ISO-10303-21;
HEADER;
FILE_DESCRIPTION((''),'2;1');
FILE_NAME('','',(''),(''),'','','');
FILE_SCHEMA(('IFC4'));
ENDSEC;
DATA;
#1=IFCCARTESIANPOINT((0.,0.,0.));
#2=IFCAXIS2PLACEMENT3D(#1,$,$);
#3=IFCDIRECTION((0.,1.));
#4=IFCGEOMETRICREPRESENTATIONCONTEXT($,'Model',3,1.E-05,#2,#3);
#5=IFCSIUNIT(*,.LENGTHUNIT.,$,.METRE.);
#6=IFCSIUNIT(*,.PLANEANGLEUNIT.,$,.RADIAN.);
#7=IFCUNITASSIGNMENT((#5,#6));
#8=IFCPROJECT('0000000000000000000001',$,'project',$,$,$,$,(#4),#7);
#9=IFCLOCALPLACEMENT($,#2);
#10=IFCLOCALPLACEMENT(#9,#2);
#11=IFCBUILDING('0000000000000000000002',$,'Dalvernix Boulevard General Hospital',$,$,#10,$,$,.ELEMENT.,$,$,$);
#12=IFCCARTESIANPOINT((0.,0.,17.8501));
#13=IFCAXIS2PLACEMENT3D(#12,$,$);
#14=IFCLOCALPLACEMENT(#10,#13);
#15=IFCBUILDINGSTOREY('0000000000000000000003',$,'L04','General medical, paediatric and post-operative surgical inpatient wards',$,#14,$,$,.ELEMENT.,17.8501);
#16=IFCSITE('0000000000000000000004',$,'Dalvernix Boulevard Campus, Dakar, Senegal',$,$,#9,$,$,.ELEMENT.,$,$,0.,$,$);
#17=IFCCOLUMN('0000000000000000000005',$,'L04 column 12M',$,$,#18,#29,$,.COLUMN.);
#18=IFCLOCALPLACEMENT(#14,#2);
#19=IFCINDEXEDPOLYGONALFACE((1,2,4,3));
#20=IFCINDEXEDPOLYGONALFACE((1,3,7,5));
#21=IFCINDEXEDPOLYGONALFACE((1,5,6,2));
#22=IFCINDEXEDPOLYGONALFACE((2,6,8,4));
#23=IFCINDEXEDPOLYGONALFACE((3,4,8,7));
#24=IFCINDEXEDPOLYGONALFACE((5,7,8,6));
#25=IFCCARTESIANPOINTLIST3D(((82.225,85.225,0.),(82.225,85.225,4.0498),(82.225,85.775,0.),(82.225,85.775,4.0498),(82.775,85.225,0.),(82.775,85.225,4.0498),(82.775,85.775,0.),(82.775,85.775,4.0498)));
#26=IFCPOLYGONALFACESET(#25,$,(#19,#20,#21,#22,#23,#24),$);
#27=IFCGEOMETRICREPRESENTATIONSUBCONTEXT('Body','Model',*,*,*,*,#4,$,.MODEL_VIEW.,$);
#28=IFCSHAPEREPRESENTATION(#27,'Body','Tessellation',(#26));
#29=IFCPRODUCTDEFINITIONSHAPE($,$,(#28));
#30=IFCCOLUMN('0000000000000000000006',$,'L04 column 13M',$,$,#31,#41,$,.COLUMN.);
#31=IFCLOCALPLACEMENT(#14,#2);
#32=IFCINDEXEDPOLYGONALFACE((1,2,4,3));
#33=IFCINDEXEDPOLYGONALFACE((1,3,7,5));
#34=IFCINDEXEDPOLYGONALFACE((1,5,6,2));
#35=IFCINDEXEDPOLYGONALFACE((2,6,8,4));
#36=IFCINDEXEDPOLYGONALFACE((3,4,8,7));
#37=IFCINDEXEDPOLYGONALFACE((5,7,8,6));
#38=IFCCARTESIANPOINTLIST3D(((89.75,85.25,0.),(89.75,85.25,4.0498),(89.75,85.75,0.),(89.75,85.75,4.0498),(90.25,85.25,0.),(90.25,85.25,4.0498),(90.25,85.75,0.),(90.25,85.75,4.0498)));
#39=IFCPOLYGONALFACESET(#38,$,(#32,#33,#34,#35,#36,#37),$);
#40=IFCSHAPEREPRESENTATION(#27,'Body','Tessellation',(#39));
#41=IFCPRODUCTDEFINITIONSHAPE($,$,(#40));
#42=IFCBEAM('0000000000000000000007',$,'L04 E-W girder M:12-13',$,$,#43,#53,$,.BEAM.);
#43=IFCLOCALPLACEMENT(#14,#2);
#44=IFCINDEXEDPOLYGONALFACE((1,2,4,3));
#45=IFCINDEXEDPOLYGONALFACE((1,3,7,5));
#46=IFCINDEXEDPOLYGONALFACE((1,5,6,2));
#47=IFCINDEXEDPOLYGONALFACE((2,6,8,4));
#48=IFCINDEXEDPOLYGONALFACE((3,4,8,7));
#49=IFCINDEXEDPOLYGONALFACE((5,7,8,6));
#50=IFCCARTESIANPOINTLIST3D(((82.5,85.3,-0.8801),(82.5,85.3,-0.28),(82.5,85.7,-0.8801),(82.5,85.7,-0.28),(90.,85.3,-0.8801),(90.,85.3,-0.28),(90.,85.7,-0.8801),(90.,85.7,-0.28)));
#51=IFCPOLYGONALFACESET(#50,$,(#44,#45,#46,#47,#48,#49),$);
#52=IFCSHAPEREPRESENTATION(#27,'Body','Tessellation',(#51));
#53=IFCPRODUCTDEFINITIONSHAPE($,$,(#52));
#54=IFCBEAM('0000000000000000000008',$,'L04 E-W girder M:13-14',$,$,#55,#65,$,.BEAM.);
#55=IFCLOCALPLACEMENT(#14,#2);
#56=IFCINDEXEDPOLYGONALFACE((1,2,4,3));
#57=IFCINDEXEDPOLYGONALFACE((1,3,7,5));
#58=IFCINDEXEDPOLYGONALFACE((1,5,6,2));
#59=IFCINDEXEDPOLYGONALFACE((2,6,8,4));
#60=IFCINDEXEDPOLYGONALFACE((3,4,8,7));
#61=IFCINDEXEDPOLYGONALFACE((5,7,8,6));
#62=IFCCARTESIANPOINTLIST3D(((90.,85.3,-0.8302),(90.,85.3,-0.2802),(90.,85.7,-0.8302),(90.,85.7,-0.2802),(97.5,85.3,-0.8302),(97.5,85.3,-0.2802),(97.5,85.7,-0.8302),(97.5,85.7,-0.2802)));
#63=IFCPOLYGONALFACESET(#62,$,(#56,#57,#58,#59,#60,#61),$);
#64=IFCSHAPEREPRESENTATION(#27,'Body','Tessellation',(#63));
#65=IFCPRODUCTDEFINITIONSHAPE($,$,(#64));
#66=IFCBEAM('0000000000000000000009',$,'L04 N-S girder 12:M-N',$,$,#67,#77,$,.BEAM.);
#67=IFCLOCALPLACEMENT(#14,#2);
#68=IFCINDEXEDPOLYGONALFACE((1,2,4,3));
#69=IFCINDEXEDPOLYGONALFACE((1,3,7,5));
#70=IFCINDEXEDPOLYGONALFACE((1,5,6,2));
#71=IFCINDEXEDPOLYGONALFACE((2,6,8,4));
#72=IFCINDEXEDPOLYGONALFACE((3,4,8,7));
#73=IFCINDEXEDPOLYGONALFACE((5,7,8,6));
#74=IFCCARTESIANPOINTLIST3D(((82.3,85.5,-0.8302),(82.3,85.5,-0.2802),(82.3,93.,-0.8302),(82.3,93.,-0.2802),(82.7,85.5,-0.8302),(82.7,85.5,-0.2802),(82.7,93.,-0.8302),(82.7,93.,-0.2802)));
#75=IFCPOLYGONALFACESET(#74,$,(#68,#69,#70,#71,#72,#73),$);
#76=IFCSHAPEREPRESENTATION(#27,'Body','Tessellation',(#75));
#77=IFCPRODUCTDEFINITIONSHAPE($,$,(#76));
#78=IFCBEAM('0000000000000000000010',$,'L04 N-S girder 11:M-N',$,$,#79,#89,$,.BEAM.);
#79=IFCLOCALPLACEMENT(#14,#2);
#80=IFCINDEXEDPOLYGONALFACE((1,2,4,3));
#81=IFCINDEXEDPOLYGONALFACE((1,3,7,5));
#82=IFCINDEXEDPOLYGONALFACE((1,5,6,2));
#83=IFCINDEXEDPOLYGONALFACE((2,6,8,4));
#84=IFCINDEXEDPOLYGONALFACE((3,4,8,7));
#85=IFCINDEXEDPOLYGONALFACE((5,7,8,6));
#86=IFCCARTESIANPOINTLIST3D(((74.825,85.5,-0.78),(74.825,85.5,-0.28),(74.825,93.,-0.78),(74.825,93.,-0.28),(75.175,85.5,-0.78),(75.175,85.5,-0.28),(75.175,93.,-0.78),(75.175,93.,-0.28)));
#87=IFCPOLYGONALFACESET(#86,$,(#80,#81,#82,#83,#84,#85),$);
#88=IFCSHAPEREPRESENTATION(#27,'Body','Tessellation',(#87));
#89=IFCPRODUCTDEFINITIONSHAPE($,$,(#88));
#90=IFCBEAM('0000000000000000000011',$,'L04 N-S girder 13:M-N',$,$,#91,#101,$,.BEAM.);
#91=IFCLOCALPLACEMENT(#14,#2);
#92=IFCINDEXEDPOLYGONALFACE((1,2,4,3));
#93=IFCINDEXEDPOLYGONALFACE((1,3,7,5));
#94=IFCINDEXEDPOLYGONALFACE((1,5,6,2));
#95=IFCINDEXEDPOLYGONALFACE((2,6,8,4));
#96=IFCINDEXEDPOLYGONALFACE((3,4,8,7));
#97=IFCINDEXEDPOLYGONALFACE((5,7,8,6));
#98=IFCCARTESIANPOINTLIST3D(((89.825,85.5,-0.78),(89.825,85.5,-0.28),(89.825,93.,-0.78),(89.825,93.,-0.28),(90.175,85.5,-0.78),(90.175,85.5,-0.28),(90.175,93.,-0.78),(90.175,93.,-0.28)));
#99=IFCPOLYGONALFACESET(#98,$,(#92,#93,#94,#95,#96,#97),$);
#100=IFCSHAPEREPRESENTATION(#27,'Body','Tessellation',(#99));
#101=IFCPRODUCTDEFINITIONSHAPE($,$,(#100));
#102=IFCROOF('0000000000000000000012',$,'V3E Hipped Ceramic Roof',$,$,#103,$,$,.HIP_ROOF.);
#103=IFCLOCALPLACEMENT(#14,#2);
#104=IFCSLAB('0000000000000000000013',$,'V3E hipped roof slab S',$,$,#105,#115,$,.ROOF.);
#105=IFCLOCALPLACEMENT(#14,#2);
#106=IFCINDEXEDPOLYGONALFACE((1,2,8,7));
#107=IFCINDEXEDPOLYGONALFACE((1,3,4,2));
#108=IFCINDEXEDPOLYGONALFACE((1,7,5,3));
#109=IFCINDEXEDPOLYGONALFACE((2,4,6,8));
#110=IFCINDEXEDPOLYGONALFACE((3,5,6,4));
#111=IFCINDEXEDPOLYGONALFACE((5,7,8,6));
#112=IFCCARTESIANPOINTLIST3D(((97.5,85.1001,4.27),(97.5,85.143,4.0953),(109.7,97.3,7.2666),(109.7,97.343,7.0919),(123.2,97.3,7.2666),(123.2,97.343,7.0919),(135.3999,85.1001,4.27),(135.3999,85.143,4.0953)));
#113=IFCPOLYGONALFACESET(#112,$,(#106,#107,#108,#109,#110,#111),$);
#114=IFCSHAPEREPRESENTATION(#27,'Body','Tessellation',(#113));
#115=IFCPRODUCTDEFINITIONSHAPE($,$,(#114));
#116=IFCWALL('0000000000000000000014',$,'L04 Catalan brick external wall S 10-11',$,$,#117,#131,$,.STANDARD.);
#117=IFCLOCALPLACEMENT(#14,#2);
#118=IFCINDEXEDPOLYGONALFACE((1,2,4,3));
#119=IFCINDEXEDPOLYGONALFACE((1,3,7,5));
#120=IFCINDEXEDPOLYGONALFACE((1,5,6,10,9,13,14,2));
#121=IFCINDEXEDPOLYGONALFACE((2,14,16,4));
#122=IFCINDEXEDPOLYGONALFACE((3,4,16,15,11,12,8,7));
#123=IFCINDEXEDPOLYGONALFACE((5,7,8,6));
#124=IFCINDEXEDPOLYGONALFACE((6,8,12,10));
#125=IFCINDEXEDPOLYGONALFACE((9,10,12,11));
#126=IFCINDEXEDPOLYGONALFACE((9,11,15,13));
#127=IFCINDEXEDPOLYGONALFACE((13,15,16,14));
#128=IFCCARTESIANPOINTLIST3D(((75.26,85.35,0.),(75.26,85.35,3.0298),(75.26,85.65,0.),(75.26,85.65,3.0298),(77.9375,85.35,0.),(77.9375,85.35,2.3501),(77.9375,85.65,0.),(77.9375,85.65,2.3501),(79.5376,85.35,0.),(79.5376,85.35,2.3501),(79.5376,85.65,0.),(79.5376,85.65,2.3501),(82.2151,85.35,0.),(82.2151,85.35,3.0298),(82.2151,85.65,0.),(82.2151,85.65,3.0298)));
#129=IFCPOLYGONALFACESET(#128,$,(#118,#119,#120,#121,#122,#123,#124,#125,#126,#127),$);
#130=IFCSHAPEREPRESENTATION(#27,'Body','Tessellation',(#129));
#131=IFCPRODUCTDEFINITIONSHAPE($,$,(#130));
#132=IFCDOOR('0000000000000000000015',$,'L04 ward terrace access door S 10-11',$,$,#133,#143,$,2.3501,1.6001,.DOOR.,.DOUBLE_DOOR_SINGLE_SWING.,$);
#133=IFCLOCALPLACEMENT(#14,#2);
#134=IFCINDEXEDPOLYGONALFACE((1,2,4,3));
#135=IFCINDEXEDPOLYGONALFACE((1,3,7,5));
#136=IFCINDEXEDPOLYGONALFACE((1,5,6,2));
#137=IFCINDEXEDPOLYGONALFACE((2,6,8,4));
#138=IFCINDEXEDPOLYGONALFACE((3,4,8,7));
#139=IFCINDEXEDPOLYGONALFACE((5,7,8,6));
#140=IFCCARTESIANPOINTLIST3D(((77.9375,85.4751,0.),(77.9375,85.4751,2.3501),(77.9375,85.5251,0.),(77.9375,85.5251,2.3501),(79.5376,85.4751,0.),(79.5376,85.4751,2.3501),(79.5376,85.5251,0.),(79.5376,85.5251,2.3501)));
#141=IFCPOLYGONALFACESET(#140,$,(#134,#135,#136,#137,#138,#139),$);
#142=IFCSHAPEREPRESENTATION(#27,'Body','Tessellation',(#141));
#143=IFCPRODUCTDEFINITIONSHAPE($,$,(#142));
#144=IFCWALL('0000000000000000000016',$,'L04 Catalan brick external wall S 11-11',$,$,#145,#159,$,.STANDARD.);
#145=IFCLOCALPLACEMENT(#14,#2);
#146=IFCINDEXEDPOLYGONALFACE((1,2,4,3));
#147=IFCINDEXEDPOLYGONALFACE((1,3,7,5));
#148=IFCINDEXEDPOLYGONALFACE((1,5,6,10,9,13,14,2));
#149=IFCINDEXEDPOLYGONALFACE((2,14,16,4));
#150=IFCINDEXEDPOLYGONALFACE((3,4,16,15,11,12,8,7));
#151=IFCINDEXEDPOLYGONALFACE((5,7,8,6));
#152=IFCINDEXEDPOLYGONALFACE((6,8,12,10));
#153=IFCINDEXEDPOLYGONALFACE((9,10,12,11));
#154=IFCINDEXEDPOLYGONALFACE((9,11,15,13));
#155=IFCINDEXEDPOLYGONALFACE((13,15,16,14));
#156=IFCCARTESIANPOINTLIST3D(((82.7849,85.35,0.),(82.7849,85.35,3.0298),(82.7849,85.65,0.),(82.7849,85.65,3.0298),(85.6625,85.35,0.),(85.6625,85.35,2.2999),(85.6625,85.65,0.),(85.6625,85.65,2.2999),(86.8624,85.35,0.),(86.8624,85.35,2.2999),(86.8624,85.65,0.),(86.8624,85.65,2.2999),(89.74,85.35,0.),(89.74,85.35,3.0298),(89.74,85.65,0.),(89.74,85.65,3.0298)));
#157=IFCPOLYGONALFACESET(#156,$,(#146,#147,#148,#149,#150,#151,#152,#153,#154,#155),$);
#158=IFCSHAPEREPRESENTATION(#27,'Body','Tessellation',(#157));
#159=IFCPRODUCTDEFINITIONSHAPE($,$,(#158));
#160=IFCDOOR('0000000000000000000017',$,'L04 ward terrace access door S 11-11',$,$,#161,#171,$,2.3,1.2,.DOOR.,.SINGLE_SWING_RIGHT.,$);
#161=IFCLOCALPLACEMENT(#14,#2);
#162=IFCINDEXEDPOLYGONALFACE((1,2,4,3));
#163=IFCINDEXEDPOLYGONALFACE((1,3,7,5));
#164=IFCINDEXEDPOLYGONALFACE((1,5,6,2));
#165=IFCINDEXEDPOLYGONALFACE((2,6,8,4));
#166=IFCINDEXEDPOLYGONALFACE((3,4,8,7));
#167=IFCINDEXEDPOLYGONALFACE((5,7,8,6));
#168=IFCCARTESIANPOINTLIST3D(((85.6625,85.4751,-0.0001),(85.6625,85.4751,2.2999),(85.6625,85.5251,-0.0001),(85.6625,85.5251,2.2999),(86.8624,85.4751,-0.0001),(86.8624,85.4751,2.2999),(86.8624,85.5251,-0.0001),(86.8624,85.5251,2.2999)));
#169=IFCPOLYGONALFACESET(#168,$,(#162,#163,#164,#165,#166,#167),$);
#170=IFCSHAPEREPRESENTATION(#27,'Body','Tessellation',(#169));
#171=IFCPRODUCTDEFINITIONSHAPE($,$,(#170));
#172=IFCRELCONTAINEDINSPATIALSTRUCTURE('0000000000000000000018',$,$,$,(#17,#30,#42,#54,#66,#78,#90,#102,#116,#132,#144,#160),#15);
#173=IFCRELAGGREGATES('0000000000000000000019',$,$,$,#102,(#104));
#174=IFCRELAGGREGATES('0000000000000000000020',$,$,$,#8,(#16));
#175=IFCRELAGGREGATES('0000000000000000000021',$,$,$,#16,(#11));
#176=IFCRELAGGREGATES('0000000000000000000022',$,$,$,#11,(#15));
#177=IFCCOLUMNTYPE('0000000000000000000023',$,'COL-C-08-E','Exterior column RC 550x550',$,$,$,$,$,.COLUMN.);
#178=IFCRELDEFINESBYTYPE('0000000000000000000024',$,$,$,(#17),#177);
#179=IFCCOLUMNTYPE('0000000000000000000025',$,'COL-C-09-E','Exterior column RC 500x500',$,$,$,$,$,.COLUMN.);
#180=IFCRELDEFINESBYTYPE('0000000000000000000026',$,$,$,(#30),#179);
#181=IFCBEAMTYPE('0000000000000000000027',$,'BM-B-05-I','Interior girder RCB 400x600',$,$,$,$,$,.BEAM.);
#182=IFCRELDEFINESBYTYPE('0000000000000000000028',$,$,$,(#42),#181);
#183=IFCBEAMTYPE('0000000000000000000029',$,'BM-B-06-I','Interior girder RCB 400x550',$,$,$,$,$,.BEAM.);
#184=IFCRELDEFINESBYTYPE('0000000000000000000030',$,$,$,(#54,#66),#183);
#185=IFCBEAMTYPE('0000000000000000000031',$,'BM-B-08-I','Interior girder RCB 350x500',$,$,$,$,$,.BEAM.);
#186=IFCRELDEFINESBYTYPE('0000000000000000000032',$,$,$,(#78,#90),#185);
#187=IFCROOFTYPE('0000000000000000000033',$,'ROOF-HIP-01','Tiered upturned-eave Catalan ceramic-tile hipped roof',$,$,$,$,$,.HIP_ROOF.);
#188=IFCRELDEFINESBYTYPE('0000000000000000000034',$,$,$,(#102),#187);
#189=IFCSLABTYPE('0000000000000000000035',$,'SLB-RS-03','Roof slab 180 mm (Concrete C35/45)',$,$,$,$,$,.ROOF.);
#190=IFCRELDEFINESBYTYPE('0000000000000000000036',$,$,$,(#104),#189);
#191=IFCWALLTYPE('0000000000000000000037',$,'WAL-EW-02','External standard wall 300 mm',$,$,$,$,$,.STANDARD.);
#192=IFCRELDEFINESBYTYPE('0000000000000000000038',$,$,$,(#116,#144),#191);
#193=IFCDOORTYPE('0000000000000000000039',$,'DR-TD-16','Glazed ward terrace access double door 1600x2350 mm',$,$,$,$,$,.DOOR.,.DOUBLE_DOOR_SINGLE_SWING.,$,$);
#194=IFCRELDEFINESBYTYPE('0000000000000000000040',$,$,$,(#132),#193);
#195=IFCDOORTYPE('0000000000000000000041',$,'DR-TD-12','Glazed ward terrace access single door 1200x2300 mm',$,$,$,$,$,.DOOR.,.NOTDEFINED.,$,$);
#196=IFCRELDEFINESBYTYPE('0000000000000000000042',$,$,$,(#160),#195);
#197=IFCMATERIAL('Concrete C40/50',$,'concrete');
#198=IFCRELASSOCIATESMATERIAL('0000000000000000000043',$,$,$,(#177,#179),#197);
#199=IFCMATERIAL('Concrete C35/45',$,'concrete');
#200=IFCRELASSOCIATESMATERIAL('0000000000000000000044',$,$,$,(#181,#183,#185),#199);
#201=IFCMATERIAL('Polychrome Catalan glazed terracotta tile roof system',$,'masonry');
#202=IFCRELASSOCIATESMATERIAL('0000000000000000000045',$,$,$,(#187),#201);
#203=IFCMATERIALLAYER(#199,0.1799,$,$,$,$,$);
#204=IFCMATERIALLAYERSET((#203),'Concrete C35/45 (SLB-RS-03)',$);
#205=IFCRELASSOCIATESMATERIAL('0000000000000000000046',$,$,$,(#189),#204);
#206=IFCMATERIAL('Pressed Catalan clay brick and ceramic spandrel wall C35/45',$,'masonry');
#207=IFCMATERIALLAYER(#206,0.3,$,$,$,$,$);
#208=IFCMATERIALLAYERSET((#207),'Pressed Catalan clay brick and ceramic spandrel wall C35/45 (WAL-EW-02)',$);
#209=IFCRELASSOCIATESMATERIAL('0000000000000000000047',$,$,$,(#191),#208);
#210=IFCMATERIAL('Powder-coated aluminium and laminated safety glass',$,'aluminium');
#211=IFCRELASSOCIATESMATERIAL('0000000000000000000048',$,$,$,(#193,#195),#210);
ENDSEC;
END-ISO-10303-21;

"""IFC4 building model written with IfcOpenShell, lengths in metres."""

from ifc_helpers import new_model, si_unit, direction, frame, frame_2d, origin, origin_2d, place, context, subcontext, project, spatial, polyline, rectangle, outline, extrude, material, layer, layer_set, material_profile, profile_set, type_object, element, fill, aggregate, save


model = new_model("IFC4")

# Units and contexts
model_context = context("Model", 3, precision=1e-05, world=origin(), true_north=direction((0.0, 1.0)))
body_context = subcontext(model_context, "Body", "Model", "MODEL_VIEW")
ifc_project = project(units=[si_unit("LENGTHUNIT", "METRE"), si_unit("PLANEANGLEUNIT", "RADIAN")], contexts=[model_context])

# Site, building, storey
site_placement = place(None, origin())
site = spatial("IfcSite", under=ifc_project, at=site_placement, Name="Dalvernix Boulevard Campus, Dakar, Senegal", CompositionType="ELEMENT", RefElevation=0.0)
building_placement = place(site_placement, origin())
building = spatial("IfcBuilding", under=site, at=building_placement, Name="Dalvernix Boulevard General Hospital", CompositionType="ELEMENT")
storey_placement = place(building_placement, frame((0.0, 0.0, 17.8501)))
storey = spatial("IfcBuildingStorey", under=building, at=storey_placement, Name="L04", Description="General medical, paediatric and post-operative surgical inpatient wards", CompositionType="ELEMENT", Elevation=17.8501)

# Columns
ifc_material_1 = material(Name="Concrete C40/50", Category="concrete")
ifc_material_profile_1 = material_profile(ifc_material_1, rectangle(XDim=0.55, YDim=0.55, at=origin_2d()), Name="RC 550x550")
ifc_profile_set_1 = profile_set([ifc_material_profile_1], Name="Concrete C40/50")
column_type_1 = type_object("IfcColumnType", Name="COL-C-08-E", Description="Exterior column RC 550x550", PredefinedType="COLUMN", material=ifc_profile_set_1)
column_1_placement = place(storey_placement, frame((82.5, 85.5, 0.0), z_axis=(0.0, 0.0, 1.0), x_axis=(1.0, 0.0, 0.0)))
element("IfcColumn", 1, at=column_1_placement, inside=storey, type_object=column_type_1, Name="L04 column 12M", PredefinedType="COLUMN", context=body_context, shape_type="SweptSolid", body=[
    extrude(rectangle(XDim=0.55, YDim=0.55, at=origin_2d()), origin(), (0.0, 0.0, 1.0), 4.0498),
])
ifc_material_profile_2 = material_profile(ifc_material_1, rectangle(XDim=0.5, YDim=0.5, at=origin_2d()), Name="RC 500x500")
ifc_profile_set_2 = profile_set([ifc_material_profile_2], Name="Concrete C40/50")
column_type_2 = type_object("IfcColumnType", Name="COL-C-09-E", Description="Exterior column RC 500x500", PredefinedType="COLUMN", material=ifc_profile_set_2)
column_2_placement = place(storey_placement, frame((90.0, 85.5, 0.0), z_axis=(0.0, 0.0, 1.0), x_axis=(1.0, 0.0, 0.0)))
element("IfcColumn", 2, at=column_2_placement, inside=storey, type_object=column_type_2, Name="L04 column 13M", PredefinedType="COLUMN", context=body_context, shape_type="SweptSolid", body=[
    extrude(rectangle(XDim=0.5, YDim=0.5, at=origin_2d()), origin(), (0.0, 0.0, 1.0), 4.0498),
])

# Beams
ifc_material_2 = material(Name="Concrete C35/45", Category="concrete")
ifc_material_profile_3 = material_profile(ifc_material_2, rectangle(XDim=0.3999, YDim=0.6001, at=origin_2d()), Name="RCB 400x600")
ifc_profile_set_3 = profile_set([ifc_material_profile_3], Name="Concrete C35/45")
beam_type_1 = type_object("IfcBeamType", Name="BM-B-05-I", Description="Interior girder RCB 400x600", PredefinedType="BEAM", material=ifc_profile_set_3)
beam_placement = place(storey_placement, frame((82.5, 85.5, -0.5801), z_axis=(1.0, 0.0, 0.0), x_axis=(0.0, 1.0, 0.0)))
element("IfcBeam", 3, at=beam_placement, inside=storey, type_object=beam_type_1, Name="L04 E-W girder M:12-13", PredefinedType="BEAM", context=body_context, shape_type="SweptSolid", body=[
    extrude(rectangle(XDim=0.3999, YDim=0.6001, at=origin_2d()), origin(), (0.0, 0.0, 1.0), 7.5),
])
ifc_material_profile_4 = material_profile(ifc_material_2, rectangle(XDim=0.3999, YDim=0.55, at=origin_2d()), Name="RCB 400x550")
ifc_profile_set_4 = profile_set([ifc_material_profile_4], Name="Concrete C35/45")
beam_type_2 = type_object("IfcBeamType", Name="BM-B-06-I", Description="Interior girder RCB 400x550", PredefinedType="BEAM", material=ifc_profile_set_4)
for number, where, z_axis, x_axis, name in (
    (4, (90.0, 85.5, -0.5552), (1.0, 0.0, 0.0), (0.0, 1.0, 0.0), "L04 E-W girder M:13-14"),
    (5, (82.5, 85.5, -0.5552), (0.0, 1.0, 0.0), (-1.0, 0.0, 0.0), "L04 N-S girder 12:M-N"),
):
    element("IfcBeam", number, at=place(storey_placement, frame(where, z_axis=z_axis, x_axis=x_axis)), inside=storey, type_object=beam_type_2, Name=name, PredefinedType="BEAM", context=body_context, shape_type="SweptSolid", body=[
        extrude(rectangle(XDim=0.3999, YDim=0.55, at=origin_2d()), origin(), (0.0, 0.0, 1.0), 7.5),
    ])
ifc_material_profile_5 = material_profile(ifc_material_2, rectangle(XDim=0.3501, YDim=0.5, at=origin_2d()), Name="RCB 350x500")
ifc_profile_set_5 = profile_set([ifc_material_profile_5], Name="Concrete C35/45")
beam_type_3 = type_object("IfcBeamType", Name="BM-B-08-I", Description="Interior girder RCB 350x500", PredefinedType="BEAM", material=ifc_profile_set_5)
for number, where, z_axis, x_axis, name in (
    (6, (75.0, 85.5, -0.53), (0.0, 1.0, 0.0), (-1.0, 0.0, 0.0), "L04 N-S girder 11:M-N"),
    (7, (90.0, 85.5, -0.53), (0.0, 1.0, 0.0), (-1.0, 0.0, 0.0), "L04 N-S girder 13:M-N"),
):
    element("IfcBeam", number, at=place(storey_placement, frame(where, z_axis=z_axis, x_axis=x_axis)), inside=storey, type_object=beam_type_3, Name=name, PredefinedType="BEAM", context=body_context, shape_type="SweptSolid", body=[
        extrude(rectangle(XDim=0.3501, YDim=0.5, at=origin_2d()), origin(), (0.0, 0.0, 1.0), 7.5),
    ])

# Roof, slab
ifc_material_3 = material(Name="Polychrome Catalan glazed terracotta tile roof system", Category="masonry")
roof_type_1 = type_object("IfcRoofType", Name="ROOF-HIP-01", Description="Tiered upturned-eave Catalan ceramic-tile hipped roof", PredefinedType="HIP_ROOF", material=ifc_material_3)
roof_1_placement = place(storey_placement, origin())
roof_1 = element("IfcRoof", 8, at=roof_1_placement, inside=storey, type_object=roof_type_1, Name="V3E Hipped Ceramic Roof", PredefinedType="HIP_ROOF")
ifc_layer_1 = layer(ifc_material_2, 0.1799)
ifc_layer_set_1 = layer_set([ifc_layer_1], Name="Concrete C35/45 (SLB-RS-03)")
slab_type = type_object("IfcSlabType", Name="SLB-RS-03", Description="Roof slab 180 mm (Concrete C35/45)", PredefinedType="ROOF", material=ifc_layer_set_1)
slab_placement = place(storey_placement, frame((97.5, 85.1001, 4.27), z_axis=(0.0, -0.238532, 0.971135), x_axis=(1.0, 0.0, 0.0)))
slab = element("IfcSlab", 9, at=slab_placement, type_object=slab_type, Name="V3E hipped roof slab S", PredefinedType="ROOF", context=body_context, shape_type="SweptSolid", body=[
    extrude(outline(polyline([(0.0, 0.0), (37.8999, 0.0), (25.7, 12.5626), (12.2, 12.5626), (0.0, 0.0)])), origin(), (0.0, 0.0, -1.0), 0.1799),
])
aggregate(roof_1, [slab])

# Walls, openings, doors
ifc_material_4 = material(Name="Pressed Catalan clay brick and ceramic spandrel wall C35/45", Category="masonry")
ifc_layer_2 = layer(ifc_material_4, 0.3)
ifc_layer_set_2 = layer_set([ifc_layer_2], Name="Pressed Catalan clay brick and ceramic spandrel wall C35/45 (WAL-EW-02)")
wall_type_1 = type_object("IfcWallType", Name="WAL-EW-02", Description="External standard wall 300 mm", PredefinedType="STANDARD", material=ifc_layer_set_2)
wall_1_placement = place(storey_placement, frame((82.2151, 85.5, 0.0), z_axis=(0.0, 0.0, 1.0), x_axis=(-1.0, 0.0, 0.0)))
wall_1 = element("IfcWall", 10, at=wall_1_placement, inside=storey, type_object=wall_type_1, Name="L04 Catalan brick external wall S 10-11", PredefinedType="STANDARD", context=body_context, shape_type="SweptSolid", body=[
    extrude(rectangle(XDim=6.9551, YDim=0.3, at=frame_2d((3.4775, 0.0))), origin(), (0.0, 0.0, 1.0), 3.0298),
])
opening_1_placement = place(wall_1_placement, frame((2.6775, 0.0, 0.0)))
opening_1 = element("IfcOpeningElement", 11, at=opening_1_placement, cuts=wall_1, PredefinedType="OPENING", context=body_context, shape_type="SweptSolid", body=[
    extrude(rectangle(XDim=1.6001, YDim=2.3501, at=frame_2d((0.8, 1.175))), frame((0.0, 0.1599, 0.0), z_axis=(0.0, -1.0, 0.0), x_axis=(1.0, 0.0, 0.0)), (0.0, 0.0, 1.0), 0.3201),
])
ifc_material_5 = material(Name="Powder-coated aluminium and laminated safety glass", Category="aluminium")
door_type_1 = type_object("IfcDoorType", Name="DR-TD-16", Description="Glazed ward terrace access double door 1600x2350 mm", OperationType="DOUBLE_DOOR_SINGLE_SWING", PredefinedType="DOOR", material=ifc_material_5)
door_1_placement = place(opening_1_placement, origin())
door_1 = element("IfcDoor", 12, at=door_1_placement, inside=storey, type_object=door_type_1, Name="L04 ward terrace access door S 10-11", OperationType="DOUBLE_DOOR_SINGLE_SWING", OverallHeight=2.3501, OverallWidth=1.6001, PredefinedType="DOOR", context=body_context, shape_type="SweptSolid", body=[
    extrude(rectangle(XDim=1.6001, YDim=2.3501, at=frame_2d((0.8, 1.175))), frame((0.0, 0.0249, 0.0), z_axis=(0.0, -1.0, 0.0), x_axis=(1.0, 0.0, 0.0)), (0.0, 0.0, 1.0), 0.05),
])
fill(opening_1, door_1)
wall_2_placement = place(storey_placement, frame((89.74, 85.5, 0.0), z_axis=(0.0, 0.0, 1.0), x_axis=(-1.0, 0.0, 0.0)))
wall_2 = element("IfcWall", 13, at=wall_2_placement, inside=storey, type_object=wall_type_1, Name="L04 Catalan brick external wall S 11-11", PredefinedType="STANDARD", context=body_context, shape_type="SweptSolid", body=[
    extrude(rectangle(XDim=6.9551, YDim=0.3, at=frame_2d((3.4775, 0.0))), origin(), (0.0, 0.0, 1.0), 3.0298),
])
opening_2_placement = place(wall_2_placement, frame((2.8774, 0.0, 0.0)))
opening_2 = element("IfcOpeningElement", 14, at=opening_2_placement, cuts=wall_2, PredefinedType="OPENING", context=body_context, shape_type="SweptSolid", body=[
    extrude(rectangle(XDim=1.2, YDim=2.3, at=frame_2d((0.6001, 1.1499))), frame((0.0, 0.1599, 0.0), z_axis=(0.0, -1.0, 0.0), x_axis=(1.0, 0.0, 0.0)), (0.0, 0.0, 1.0), 0.3201),
])
door_type_2 = type_object("IfcDoorType", Name="DR-TD-12", Description="Glazed ward terrace access single door 1200x2300 mm", OperationType="NOTDEFINED", PredefinedType="DOOR", material=ifc_material_5)
door_2_placement = place(opening_2_placement, origin())
door_2 = element("IfcDoor", 15, at=door_2_placement, inside=storey, type_object=door_type_2, Name="L04 ward terrace access door S 11-11", OperationType="SINGLE_SWING_RIGHT", OverallHeight=2.3, OverallWidth=1.2, PredefinedType="DOOR", context=body_context, shape_type="SweptSolid", body=[
    extrude(rectangle(XDim=1.2, YDim=2.3, at=frame_2d((0.6001, 1.1499))), frame((0.0, 0.0249, 0.0), z_axis=(0.0, -1.0, 0.0), x_axis=(1.0, 0.0, 0.0)), (0.0, 0.0, 1.0), 0.05),
])
fill(opening_2, door_2)

save(model, "model.ifc")
